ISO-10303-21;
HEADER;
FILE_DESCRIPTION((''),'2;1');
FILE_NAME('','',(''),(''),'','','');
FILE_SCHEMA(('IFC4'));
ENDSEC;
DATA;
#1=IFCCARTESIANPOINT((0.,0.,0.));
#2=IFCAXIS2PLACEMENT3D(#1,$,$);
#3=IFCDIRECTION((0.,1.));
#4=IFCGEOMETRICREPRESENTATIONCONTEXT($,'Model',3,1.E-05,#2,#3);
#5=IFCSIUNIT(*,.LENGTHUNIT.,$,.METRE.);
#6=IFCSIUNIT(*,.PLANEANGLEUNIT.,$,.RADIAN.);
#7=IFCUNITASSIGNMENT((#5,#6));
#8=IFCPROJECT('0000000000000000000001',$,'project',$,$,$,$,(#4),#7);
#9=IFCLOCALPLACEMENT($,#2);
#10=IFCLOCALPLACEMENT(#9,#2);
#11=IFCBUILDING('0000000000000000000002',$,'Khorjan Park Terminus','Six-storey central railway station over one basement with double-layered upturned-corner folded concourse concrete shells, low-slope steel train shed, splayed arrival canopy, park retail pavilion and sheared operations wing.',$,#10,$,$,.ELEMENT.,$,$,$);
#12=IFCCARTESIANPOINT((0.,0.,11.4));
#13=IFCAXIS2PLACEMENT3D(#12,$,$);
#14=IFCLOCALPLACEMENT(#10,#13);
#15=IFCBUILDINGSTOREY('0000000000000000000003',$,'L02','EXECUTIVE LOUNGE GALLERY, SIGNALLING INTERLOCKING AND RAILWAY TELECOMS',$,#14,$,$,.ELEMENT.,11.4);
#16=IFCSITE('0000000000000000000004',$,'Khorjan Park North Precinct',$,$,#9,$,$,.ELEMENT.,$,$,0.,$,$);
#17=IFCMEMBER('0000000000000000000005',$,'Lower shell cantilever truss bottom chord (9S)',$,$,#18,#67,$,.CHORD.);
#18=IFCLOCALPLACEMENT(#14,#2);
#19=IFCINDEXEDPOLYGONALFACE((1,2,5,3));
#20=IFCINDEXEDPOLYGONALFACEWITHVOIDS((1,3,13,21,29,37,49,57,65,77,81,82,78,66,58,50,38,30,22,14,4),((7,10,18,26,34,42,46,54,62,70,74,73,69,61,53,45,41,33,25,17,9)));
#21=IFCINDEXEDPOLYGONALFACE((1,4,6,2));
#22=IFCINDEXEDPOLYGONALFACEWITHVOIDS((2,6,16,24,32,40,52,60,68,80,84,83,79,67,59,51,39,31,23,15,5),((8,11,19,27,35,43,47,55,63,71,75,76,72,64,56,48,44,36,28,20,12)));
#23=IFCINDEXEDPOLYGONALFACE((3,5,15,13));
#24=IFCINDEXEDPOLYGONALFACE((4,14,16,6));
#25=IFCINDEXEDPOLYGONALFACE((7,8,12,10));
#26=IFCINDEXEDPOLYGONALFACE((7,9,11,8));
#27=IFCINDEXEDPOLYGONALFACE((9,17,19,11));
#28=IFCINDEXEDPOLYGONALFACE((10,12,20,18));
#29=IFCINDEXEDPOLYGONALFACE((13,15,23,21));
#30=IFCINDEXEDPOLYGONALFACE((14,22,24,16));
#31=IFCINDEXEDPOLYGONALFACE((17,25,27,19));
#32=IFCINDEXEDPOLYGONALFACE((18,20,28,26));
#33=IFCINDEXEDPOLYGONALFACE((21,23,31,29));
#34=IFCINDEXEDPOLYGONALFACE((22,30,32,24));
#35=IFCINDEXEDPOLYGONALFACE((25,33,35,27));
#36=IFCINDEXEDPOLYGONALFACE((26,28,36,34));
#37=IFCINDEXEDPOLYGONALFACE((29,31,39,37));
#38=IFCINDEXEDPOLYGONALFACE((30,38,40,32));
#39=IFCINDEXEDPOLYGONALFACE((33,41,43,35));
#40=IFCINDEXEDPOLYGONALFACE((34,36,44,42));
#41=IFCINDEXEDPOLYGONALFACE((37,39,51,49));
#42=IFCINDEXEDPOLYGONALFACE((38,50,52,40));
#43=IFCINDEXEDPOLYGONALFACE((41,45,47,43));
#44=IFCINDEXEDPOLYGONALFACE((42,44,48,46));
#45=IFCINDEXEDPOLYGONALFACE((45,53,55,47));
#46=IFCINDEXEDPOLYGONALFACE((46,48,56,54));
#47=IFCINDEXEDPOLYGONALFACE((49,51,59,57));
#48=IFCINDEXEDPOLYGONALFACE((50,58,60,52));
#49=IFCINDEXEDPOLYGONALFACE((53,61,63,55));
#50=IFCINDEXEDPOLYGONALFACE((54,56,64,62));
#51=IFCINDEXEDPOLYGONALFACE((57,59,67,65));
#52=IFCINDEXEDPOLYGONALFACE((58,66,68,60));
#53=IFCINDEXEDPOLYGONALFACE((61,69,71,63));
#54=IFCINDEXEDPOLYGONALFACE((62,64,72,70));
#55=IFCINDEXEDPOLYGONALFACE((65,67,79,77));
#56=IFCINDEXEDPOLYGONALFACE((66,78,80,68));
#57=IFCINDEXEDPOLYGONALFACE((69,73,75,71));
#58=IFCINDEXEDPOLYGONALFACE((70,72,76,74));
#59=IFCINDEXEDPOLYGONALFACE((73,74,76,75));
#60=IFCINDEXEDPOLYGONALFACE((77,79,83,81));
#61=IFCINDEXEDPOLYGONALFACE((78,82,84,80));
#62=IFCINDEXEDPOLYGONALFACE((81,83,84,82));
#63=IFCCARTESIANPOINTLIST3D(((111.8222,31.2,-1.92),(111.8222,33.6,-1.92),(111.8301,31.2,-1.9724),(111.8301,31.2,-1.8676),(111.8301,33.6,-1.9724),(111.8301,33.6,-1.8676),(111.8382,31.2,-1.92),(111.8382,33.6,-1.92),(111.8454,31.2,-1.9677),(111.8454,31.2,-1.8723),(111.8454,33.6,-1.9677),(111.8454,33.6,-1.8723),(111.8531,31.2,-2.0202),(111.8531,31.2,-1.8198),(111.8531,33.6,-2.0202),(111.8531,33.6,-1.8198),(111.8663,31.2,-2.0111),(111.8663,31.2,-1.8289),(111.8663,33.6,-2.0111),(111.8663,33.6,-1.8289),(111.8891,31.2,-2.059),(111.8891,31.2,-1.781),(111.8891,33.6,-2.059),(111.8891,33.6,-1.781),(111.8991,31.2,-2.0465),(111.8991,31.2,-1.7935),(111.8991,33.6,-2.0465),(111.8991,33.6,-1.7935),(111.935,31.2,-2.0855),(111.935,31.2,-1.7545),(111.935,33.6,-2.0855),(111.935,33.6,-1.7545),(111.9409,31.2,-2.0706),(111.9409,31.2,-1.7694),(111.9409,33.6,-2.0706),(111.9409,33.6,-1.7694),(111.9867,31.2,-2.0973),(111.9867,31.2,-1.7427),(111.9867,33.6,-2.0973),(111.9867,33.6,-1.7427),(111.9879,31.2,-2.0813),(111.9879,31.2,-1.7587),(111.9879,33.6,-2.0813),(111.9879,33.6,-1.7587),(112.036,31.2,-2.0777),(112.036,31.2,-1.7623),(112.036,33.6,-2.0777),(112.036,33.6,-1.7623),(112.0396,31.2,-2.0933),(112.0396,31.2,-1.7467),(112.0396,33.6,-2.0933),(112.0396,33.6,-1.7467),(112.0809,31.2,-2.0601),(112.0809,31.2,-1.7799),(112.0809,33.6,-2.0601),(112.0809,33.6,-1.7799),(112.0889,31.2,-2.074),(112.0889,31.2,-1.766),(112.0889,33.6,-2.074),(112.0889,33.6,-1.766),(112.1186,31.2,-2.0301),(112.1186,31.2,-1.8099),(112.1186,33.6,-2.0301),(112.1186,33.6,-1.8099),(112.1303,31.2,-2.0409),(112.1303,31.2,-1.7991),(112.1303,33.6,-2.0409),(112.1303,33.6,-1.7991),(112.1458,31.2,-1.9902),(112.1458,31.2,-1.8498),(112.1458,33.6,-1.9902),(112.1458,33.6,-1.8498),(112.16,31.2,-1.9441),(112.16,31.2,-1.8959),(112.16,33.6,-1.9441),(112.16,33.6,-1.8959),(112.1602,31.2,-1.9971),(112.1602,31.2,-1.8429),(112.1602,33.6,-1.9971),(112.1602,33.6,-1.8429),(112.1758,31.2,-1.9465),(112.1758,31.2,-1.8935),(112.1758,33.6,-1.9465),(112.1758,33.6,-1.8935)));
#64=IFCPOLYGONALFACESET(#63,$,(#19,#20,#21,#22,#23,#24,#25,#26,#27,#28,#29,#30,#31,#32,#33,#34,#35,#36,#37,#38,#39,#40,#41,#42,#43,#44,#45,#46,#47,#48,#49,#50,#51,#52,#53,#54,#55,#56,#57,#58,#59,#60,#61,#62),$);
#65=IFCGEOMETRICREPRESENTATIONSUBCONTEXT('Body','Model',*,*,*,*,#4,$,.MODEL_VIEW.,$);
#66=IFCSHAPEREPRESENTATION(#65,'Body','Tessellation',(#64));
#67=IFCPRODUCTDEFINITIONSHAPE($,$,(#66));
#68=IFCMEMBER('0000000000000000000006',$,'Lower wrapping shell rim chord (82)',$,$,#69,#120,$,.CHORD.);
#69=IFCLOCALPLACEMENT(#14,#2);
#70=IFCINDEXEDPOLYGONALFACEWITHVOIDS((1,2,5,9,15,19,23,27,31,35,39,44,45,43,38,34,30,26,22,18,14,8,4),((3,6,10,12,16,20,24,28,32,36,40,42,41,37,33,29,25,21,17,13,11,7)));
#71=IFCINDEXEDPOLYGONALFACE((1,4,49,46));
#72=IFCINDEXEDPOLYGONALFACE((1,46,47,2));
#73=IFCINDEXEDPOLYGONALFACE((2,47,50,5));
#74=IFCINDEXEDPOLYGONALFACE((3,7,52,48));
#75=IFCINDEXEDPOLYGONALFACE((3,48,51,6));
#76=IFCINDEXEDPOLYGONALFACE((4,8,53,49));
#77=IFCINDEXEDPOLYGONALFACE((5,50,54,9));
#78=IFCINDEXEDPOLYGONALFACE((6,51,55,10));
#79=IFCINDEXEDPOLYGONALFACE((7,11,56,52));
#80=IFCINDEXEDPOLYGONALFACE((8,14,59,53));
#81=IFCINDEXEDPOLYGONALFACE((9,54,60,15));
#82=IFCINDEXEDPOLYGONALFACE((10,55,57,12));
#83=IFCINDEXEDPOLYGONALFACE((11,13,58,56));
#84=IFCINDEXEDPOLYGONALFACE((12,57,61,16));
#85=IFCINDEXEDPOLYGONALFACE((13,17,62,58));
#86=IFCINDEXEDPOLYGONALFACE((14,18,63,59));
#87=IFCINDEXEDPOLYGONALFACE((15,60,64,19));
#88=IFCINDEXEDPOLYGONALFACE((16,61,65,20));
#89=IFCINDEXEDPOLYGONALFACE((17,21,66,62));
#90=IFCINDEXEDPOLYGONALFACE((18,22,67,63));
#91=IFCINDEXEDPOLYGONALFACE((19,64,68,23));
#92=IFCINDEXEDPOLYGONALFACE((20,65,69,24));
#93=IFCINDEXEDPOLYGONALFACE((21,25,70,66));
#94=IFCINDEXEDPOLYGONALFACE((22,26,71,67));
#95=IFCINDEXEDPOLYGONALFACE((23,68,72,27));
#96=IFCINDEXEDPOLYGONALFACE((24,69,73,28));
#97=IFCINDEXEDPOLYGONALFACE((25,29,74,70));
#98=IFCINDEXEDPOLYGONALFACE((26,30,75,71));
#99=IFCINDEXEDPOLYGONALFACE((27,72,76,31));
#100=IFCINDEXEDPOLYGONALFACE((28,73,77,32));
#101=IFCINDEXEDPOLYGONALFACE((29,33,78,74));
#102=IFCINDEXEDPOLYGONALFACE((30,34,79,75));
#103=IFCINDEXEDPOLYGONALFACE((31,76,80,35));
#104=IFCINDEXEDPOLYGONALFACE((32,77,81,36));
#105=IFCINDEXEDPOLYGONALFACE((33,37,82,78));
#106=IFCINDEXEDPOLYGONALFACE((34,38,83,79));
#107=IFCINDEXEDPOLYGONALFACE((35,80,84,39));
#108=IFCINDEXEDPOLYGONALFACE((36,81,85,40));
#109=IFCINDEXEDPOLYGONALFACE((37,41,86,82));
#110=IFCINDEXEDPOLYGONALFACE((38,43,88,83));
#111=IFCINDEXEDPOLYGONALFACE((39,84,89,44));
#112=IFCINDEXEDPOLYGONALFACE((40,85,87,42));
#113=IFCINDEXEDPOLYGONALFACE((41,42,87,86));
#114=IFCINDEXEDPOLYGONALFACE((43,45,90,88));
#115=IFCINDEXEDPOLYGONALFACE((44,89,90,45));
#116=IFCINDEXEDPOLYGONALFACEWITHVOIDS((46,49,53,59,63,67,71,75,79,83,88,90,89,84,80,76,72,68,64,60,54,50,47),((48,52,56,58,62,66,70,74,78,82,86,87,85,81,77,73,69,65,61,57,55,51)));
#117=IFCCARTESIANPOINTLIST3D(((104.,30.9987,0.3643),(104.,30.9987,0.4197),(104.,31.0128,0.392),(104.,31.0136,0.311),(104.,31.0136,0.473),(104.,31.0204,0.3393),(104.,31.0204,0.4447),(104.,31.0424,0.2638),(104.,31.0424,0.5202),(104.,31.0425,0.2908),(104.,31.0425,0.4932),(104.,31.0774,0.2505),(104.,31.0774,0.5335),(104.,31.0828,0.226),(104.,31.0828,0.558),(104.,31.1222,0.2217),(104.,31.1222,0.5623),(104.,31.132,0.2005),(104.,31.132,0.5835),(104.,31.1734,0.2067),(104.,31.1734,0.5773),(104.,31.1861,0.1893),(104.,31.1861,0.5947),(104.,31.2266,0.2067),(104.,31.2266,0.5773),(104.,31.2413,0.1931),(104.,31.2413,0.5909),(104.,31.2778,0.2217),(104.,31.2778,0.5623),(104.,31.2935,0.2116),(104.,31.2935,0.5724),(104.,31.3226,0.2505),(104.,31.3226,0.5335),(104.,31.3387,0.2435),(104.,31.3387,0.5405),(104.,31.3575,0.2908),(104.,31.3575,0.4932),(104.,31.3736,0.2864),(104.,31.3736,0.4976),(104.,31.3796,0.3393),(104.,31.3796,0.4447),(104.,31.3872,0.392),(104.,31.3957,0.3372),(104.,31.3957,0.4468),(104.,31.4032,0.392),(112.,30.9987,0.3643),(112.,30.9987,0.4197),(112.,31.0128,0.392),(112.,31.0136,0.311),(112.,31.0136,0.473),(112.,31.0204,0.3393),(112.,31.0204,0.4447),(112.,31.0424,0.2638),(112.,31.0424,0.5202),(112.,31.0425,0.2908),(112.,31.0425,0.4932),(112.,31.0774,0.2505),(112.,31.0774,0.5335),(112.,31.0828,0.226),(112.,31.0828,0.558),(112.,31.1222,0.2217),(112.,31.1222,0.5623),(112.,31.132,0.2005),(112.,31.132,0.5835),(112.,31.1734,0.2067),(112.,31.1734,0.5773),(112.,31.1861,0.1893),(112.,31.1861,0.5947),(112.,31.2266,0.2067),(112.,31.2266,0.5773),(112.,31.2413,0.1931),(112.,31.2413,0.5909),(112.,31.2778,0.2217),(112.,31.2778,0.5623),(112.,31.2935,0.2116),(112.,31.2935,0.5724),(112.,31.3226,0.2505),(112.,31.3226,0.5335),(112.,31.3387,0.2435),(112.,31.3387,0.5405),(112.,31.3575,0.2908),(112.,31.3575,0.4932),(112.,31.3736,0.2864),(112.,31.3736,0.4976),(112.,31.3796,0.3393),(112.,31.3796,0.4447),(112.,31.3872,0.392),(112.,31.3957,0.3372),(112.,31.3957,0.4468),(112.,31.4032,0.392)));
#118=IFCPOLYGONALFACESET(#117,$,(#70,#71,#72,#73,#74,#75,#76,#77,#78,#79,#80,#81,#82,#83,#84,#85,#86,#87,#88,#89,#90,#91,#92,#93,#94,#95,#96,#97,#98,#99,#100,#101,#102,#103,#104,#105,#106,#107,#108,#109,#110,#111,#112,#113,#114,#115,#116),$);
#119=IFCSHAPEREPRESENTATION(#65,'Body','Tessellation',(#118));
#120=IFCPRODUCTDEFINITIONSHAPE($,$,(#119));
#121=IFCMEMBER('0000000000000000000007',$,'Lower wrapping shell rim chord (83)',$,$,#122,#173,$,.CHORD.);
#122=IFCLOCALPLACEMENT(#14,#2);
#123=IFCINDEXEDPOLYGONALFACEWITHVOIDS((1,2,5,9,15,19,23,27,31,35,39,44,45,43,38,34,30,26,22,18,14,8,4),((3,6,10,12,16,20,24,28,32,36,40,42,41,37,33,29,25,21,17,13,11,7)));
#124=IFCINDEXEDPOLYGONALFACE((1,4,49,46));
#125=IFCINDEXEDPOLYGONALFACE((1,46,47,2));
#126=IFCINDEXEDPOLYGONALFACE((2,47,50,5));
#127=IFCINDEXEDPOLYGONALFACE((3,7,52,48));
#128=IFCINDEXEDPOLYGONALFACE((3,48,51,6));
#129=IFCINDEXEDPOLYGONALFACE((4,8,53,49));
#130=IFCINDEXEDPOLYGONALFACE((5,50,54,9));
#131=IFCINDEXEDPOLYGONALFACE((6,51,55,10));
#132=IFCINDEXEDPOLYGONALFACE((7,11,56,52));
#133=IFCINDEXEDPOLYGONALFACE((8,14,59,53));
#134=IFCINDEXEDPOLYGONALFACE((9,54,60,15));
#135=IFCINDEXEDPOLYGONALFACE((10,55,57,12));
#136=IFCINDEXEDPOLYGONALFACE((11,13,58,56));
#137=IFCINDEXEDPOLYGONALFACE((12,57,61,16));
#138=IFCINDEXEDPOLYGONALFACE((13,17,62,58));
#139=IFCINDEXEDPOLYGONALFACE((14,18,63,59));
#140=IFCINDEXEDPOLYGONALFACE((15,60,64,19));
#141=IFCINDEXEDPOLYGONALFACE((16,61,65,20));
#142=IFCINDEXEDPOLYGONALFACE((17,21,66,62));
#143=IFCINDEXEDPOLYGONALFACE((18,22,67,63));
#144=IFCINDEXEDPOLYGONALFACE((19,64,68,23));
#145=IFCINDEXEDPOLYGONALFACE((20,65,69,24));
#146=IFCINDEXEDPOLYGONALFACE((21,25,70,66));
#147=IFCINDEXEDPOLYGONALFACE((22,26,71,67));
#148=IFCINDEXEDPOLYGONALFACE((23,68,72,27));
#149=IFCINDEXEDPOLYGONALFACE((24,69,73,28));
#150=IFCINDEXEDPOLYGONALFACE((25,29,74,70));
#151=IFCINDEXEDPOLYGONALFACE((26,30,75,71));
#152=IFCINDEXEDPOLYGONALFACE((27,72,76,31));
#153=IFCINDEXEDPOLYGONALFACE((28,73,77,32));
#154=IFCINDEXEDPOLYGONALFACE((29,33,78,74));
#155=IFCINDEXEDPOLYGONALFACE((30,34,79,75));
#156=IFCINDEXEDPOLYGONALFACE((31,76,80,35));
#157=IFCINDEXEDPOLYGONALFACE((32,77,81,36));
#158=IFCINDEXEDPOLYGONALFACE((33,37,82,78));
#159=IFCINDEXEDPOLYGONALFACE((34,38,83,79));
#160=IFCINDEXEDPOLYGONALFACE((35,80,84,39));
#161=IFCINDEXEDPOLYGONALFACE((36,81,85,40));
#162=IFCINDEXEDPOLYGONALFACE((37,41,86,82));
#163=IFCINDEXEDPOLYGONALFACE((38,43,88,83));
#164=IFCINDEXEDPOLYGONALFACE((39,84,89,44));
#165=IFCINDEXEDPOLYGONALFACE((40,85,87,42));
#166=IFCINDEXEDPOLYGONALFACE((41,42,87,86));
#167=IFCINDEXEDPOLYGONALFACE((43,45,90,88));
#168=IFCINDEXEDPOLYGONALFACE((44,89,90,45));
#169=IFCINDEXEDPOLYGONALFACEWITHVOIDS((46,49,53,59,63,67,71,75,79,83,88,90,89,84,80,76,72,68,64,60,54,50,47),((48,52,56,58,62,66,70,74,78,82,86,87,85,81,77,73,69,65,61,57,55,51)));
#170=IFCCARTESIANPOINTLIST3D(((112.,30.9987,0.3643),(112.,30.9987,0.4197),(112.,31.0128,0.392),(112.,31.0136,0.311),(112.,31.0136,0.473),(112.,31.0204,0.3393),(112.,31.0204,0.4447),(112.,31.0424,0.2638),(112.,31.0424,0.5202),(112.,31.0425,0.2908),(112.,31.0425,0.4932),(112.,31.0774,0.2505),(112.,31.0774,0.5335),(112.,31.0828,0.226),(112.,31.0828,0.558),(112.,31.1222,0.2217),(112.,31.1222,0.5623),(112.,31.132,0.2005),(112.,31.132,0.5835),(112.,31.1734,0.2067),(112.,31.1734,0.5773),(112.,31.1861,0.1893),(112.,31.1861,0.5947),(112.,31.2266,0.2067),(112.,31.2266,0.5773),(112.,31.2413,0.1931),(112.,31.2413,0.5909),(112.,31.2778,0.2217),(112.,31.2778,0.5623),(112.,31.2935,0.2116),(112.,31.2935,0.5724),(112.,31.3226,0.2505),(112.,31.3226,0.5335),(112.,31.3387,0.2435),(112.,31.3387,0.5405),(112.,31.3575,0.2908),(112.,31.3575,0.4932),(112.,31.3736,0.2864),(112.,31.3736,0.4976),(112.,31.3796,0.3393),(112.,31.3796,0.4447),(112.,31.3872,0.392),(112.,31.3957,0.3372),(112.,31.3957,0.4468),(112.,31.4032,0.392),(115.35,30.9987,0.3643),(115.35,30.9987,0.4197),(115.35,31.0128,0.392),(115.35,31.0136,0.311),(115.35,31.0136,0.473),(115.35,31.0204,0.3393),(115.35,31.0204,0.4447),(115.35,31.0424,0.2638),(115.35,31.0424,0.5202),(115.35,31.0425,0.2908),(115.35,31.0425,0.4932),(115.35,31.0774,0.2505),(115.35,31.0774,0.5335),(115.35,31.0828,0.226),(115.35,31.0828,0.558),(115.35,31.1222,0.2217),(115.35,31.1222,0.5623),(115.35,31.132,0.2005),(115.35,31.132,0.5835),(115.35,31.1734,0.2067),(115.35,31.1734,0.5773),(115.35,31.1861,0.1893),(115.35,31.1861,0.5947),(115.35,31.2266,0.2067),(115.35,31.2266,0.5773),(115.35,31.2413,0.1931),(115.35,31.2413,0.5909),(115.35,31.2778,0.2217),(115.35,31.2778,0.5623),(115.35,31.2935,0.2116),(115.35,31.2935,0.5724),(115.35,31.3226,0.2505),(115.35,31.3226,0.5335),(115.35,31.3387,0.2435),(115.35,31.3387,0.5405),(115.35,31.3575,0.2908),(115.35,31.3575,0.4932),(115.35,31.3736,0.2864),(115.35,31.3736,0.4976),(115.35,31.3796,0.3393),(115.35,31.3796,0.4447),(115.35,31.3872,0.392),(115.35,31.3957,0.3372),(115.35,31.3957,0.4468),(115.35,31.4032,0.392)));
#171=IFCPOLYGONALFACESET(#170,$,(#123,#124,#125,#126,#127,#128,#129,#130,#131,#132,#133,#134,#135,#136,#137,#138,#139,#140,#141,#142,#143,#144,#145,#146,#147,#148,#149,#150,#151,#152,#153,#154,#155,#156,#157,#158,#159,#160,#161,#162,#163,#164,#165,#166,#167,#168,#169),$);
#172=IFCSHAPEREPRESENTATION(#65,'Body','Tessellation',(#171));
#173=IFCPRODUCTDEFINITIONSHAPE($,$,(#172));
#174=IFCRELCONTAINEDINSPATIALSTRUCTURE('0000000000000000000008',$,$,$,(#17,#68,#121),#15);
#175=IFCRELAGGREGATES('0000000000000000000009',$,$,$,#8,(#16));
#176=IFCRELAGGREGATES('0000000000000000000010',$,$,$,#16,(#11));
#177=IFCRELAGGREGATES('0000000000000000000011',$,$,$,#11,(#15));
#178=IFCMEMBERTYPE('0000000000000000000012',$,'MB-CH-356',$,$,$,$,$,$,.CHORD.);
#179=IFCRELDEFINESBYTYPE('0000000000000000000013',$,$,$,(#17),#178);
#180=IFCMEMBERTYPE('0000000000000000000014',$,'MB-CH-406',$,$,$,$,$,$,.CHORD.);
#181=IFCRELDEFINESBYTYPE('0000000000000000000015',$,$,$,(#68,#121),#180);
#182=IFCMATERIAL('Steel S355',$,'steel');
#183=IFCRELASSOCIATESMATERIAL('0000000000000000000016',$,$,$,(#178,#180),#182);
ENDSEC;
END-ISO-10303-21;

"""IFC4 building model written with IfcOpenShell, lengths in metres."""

from ifc_helpers import new_model, si_unit, direction, frame, origin, origin_2d, place, context, subcontext, project, spatial, hollow_circle, extrude, material, material_profile, profile_set, type_object, element, save


model = new_model("IFC4")

# Units and contexts
model_context = context("Model", 3, precision=1e-05, world=origin(), true_north=direction((0.0, 1.0)))
body_context = subcontext(model_context, "Body", "Model", "MODEL_VIEW")
ifc_project = project(units=[si_unit("LENGTHUNIT", "METRE"), si_unit("PLANEANGLEUNIT", "RADIAN")], contexts=[model_context])

# Site, building, storey
site_placement = place(None, origin())
site = spatial("IfcSite", under=ifc_project, at=site_placement, Name="Khorjan Park North Precinct", CompositionType="ELEMENT", RefElevation=0.0)
building_placement = place(site_placement, origin())
building = spatial("IfcBuilding", under=site, at=building_placement, Name="Khorjan Park Terminus", Description="Six-storey central railway station over one basement with double-layered upturned-corner folded concourse concrete shells, low-slope steel train shed, splayed arrival canopy, park retail pavilion and sheared operations wing.", CompositionType="ELEMENT")
storey_placement = place(building_placement, frame((0.0, 0.0, 11.4)))
storey = spatial("IfcBuildingStorey", under=building, at=storey_placement, Name="L02", Description="EXECUTIVE LOUNGE GALLERY, SIGNALLING INTERLOCKING AND RAILWAY TELECOMS", CompositionType="ELEMENT", Elevation=11.4)

# Members
ifc_material_1 = material(Name="Steel S355", Category="steel")
ifc_material_profile_1 = material_profile(ifc_material_1, hollow_circle(Radius=0.1778, WallThickness=0.016, at=origin_2d()), Name="CHS 355.6x16")
ifc_profile_set_1 = profile_set([ifc_material_profile_1], Name="Steel S355")
member_type_1 = type_object("IfcMemberType", Name="MB-CH-356", PredefinedType="CHORD", material=ifc_profile_set_1)
member_1_placement = place(storey_placement, frame((112.0, 31.2, -1.92), z_axis=(0.0, 1.0, 0.0), x_axis=(-1.0, 0.0, 0.0)))
element("IfcMember", 1, at=member_1_placement, inside=storey, type_object=member_type_1, Name="Lower shell cantilever truss bottom chord (9S)", PredefinedType="CHORD", context=body_context, shape_type="SweptSolid", body=[
    extrude(hollow_circle(Radius=0.1778, WallThickness=0.016, at=origin_2d()), origin(), (0.0, 0.0, 1.0), 2.4),
])
ifc_material_profile_2 = material_profile(ifc_material_1, hollow_circle(Radius=0.2032, WallThickness=0.016, at=origin_2d()), Name="CHS 406.4x16")
ifc_profile_set_2 = profile_set([ifc_material_profile_2], Name="Steel S355")
member_type_2 = type_object("IfcMemberType", Name="MB-CH-406", PredefinedType="CHORD", material=ifc_profile_set_2)
member_2_placement = place(storey_placement, frame((104.0, 31.2, 0.392), z_axis=(1.0, 0.0, 0.0), x_axis=(0.0, 1.0, 0.0)))
element("IfcMember", 2, at=member_2_placement, inside=storey, type_object=member_type_2, Name="Lower wrapping shell rim chord (82)", PredefinedType="CHORD", context=body_context, shape_type="SweptSolid", body=[
    extrude(hollow_circle(Radius=0.2032, WallThickness=0.016, at=origin_2d()), origin(), (0.0, 0.0, 1.0), 8.0),
])
member_3_placement = place(storey_placement, frame((112.0, 31.2, 0.392), z_axis=(1.0, 0.0, 0.0), x_axis=(0.0, 1.0, 0.0)))
element("IfcMember", 3, at=member_3_placement, inside=storey, type_object=member_type_2, Name="Lower wrapping shell rim chord (83)", PredefinedType="CHORD", context=body_context, shape_type="SweptSolid", body=[
    extrude(hollow_circle(Radius=0.2032, WallThickness=0.016, at=origin_2d()), origin(), (0.0, 0.0, 1.0), 3.35),
])

save(model, "model.ifc")
